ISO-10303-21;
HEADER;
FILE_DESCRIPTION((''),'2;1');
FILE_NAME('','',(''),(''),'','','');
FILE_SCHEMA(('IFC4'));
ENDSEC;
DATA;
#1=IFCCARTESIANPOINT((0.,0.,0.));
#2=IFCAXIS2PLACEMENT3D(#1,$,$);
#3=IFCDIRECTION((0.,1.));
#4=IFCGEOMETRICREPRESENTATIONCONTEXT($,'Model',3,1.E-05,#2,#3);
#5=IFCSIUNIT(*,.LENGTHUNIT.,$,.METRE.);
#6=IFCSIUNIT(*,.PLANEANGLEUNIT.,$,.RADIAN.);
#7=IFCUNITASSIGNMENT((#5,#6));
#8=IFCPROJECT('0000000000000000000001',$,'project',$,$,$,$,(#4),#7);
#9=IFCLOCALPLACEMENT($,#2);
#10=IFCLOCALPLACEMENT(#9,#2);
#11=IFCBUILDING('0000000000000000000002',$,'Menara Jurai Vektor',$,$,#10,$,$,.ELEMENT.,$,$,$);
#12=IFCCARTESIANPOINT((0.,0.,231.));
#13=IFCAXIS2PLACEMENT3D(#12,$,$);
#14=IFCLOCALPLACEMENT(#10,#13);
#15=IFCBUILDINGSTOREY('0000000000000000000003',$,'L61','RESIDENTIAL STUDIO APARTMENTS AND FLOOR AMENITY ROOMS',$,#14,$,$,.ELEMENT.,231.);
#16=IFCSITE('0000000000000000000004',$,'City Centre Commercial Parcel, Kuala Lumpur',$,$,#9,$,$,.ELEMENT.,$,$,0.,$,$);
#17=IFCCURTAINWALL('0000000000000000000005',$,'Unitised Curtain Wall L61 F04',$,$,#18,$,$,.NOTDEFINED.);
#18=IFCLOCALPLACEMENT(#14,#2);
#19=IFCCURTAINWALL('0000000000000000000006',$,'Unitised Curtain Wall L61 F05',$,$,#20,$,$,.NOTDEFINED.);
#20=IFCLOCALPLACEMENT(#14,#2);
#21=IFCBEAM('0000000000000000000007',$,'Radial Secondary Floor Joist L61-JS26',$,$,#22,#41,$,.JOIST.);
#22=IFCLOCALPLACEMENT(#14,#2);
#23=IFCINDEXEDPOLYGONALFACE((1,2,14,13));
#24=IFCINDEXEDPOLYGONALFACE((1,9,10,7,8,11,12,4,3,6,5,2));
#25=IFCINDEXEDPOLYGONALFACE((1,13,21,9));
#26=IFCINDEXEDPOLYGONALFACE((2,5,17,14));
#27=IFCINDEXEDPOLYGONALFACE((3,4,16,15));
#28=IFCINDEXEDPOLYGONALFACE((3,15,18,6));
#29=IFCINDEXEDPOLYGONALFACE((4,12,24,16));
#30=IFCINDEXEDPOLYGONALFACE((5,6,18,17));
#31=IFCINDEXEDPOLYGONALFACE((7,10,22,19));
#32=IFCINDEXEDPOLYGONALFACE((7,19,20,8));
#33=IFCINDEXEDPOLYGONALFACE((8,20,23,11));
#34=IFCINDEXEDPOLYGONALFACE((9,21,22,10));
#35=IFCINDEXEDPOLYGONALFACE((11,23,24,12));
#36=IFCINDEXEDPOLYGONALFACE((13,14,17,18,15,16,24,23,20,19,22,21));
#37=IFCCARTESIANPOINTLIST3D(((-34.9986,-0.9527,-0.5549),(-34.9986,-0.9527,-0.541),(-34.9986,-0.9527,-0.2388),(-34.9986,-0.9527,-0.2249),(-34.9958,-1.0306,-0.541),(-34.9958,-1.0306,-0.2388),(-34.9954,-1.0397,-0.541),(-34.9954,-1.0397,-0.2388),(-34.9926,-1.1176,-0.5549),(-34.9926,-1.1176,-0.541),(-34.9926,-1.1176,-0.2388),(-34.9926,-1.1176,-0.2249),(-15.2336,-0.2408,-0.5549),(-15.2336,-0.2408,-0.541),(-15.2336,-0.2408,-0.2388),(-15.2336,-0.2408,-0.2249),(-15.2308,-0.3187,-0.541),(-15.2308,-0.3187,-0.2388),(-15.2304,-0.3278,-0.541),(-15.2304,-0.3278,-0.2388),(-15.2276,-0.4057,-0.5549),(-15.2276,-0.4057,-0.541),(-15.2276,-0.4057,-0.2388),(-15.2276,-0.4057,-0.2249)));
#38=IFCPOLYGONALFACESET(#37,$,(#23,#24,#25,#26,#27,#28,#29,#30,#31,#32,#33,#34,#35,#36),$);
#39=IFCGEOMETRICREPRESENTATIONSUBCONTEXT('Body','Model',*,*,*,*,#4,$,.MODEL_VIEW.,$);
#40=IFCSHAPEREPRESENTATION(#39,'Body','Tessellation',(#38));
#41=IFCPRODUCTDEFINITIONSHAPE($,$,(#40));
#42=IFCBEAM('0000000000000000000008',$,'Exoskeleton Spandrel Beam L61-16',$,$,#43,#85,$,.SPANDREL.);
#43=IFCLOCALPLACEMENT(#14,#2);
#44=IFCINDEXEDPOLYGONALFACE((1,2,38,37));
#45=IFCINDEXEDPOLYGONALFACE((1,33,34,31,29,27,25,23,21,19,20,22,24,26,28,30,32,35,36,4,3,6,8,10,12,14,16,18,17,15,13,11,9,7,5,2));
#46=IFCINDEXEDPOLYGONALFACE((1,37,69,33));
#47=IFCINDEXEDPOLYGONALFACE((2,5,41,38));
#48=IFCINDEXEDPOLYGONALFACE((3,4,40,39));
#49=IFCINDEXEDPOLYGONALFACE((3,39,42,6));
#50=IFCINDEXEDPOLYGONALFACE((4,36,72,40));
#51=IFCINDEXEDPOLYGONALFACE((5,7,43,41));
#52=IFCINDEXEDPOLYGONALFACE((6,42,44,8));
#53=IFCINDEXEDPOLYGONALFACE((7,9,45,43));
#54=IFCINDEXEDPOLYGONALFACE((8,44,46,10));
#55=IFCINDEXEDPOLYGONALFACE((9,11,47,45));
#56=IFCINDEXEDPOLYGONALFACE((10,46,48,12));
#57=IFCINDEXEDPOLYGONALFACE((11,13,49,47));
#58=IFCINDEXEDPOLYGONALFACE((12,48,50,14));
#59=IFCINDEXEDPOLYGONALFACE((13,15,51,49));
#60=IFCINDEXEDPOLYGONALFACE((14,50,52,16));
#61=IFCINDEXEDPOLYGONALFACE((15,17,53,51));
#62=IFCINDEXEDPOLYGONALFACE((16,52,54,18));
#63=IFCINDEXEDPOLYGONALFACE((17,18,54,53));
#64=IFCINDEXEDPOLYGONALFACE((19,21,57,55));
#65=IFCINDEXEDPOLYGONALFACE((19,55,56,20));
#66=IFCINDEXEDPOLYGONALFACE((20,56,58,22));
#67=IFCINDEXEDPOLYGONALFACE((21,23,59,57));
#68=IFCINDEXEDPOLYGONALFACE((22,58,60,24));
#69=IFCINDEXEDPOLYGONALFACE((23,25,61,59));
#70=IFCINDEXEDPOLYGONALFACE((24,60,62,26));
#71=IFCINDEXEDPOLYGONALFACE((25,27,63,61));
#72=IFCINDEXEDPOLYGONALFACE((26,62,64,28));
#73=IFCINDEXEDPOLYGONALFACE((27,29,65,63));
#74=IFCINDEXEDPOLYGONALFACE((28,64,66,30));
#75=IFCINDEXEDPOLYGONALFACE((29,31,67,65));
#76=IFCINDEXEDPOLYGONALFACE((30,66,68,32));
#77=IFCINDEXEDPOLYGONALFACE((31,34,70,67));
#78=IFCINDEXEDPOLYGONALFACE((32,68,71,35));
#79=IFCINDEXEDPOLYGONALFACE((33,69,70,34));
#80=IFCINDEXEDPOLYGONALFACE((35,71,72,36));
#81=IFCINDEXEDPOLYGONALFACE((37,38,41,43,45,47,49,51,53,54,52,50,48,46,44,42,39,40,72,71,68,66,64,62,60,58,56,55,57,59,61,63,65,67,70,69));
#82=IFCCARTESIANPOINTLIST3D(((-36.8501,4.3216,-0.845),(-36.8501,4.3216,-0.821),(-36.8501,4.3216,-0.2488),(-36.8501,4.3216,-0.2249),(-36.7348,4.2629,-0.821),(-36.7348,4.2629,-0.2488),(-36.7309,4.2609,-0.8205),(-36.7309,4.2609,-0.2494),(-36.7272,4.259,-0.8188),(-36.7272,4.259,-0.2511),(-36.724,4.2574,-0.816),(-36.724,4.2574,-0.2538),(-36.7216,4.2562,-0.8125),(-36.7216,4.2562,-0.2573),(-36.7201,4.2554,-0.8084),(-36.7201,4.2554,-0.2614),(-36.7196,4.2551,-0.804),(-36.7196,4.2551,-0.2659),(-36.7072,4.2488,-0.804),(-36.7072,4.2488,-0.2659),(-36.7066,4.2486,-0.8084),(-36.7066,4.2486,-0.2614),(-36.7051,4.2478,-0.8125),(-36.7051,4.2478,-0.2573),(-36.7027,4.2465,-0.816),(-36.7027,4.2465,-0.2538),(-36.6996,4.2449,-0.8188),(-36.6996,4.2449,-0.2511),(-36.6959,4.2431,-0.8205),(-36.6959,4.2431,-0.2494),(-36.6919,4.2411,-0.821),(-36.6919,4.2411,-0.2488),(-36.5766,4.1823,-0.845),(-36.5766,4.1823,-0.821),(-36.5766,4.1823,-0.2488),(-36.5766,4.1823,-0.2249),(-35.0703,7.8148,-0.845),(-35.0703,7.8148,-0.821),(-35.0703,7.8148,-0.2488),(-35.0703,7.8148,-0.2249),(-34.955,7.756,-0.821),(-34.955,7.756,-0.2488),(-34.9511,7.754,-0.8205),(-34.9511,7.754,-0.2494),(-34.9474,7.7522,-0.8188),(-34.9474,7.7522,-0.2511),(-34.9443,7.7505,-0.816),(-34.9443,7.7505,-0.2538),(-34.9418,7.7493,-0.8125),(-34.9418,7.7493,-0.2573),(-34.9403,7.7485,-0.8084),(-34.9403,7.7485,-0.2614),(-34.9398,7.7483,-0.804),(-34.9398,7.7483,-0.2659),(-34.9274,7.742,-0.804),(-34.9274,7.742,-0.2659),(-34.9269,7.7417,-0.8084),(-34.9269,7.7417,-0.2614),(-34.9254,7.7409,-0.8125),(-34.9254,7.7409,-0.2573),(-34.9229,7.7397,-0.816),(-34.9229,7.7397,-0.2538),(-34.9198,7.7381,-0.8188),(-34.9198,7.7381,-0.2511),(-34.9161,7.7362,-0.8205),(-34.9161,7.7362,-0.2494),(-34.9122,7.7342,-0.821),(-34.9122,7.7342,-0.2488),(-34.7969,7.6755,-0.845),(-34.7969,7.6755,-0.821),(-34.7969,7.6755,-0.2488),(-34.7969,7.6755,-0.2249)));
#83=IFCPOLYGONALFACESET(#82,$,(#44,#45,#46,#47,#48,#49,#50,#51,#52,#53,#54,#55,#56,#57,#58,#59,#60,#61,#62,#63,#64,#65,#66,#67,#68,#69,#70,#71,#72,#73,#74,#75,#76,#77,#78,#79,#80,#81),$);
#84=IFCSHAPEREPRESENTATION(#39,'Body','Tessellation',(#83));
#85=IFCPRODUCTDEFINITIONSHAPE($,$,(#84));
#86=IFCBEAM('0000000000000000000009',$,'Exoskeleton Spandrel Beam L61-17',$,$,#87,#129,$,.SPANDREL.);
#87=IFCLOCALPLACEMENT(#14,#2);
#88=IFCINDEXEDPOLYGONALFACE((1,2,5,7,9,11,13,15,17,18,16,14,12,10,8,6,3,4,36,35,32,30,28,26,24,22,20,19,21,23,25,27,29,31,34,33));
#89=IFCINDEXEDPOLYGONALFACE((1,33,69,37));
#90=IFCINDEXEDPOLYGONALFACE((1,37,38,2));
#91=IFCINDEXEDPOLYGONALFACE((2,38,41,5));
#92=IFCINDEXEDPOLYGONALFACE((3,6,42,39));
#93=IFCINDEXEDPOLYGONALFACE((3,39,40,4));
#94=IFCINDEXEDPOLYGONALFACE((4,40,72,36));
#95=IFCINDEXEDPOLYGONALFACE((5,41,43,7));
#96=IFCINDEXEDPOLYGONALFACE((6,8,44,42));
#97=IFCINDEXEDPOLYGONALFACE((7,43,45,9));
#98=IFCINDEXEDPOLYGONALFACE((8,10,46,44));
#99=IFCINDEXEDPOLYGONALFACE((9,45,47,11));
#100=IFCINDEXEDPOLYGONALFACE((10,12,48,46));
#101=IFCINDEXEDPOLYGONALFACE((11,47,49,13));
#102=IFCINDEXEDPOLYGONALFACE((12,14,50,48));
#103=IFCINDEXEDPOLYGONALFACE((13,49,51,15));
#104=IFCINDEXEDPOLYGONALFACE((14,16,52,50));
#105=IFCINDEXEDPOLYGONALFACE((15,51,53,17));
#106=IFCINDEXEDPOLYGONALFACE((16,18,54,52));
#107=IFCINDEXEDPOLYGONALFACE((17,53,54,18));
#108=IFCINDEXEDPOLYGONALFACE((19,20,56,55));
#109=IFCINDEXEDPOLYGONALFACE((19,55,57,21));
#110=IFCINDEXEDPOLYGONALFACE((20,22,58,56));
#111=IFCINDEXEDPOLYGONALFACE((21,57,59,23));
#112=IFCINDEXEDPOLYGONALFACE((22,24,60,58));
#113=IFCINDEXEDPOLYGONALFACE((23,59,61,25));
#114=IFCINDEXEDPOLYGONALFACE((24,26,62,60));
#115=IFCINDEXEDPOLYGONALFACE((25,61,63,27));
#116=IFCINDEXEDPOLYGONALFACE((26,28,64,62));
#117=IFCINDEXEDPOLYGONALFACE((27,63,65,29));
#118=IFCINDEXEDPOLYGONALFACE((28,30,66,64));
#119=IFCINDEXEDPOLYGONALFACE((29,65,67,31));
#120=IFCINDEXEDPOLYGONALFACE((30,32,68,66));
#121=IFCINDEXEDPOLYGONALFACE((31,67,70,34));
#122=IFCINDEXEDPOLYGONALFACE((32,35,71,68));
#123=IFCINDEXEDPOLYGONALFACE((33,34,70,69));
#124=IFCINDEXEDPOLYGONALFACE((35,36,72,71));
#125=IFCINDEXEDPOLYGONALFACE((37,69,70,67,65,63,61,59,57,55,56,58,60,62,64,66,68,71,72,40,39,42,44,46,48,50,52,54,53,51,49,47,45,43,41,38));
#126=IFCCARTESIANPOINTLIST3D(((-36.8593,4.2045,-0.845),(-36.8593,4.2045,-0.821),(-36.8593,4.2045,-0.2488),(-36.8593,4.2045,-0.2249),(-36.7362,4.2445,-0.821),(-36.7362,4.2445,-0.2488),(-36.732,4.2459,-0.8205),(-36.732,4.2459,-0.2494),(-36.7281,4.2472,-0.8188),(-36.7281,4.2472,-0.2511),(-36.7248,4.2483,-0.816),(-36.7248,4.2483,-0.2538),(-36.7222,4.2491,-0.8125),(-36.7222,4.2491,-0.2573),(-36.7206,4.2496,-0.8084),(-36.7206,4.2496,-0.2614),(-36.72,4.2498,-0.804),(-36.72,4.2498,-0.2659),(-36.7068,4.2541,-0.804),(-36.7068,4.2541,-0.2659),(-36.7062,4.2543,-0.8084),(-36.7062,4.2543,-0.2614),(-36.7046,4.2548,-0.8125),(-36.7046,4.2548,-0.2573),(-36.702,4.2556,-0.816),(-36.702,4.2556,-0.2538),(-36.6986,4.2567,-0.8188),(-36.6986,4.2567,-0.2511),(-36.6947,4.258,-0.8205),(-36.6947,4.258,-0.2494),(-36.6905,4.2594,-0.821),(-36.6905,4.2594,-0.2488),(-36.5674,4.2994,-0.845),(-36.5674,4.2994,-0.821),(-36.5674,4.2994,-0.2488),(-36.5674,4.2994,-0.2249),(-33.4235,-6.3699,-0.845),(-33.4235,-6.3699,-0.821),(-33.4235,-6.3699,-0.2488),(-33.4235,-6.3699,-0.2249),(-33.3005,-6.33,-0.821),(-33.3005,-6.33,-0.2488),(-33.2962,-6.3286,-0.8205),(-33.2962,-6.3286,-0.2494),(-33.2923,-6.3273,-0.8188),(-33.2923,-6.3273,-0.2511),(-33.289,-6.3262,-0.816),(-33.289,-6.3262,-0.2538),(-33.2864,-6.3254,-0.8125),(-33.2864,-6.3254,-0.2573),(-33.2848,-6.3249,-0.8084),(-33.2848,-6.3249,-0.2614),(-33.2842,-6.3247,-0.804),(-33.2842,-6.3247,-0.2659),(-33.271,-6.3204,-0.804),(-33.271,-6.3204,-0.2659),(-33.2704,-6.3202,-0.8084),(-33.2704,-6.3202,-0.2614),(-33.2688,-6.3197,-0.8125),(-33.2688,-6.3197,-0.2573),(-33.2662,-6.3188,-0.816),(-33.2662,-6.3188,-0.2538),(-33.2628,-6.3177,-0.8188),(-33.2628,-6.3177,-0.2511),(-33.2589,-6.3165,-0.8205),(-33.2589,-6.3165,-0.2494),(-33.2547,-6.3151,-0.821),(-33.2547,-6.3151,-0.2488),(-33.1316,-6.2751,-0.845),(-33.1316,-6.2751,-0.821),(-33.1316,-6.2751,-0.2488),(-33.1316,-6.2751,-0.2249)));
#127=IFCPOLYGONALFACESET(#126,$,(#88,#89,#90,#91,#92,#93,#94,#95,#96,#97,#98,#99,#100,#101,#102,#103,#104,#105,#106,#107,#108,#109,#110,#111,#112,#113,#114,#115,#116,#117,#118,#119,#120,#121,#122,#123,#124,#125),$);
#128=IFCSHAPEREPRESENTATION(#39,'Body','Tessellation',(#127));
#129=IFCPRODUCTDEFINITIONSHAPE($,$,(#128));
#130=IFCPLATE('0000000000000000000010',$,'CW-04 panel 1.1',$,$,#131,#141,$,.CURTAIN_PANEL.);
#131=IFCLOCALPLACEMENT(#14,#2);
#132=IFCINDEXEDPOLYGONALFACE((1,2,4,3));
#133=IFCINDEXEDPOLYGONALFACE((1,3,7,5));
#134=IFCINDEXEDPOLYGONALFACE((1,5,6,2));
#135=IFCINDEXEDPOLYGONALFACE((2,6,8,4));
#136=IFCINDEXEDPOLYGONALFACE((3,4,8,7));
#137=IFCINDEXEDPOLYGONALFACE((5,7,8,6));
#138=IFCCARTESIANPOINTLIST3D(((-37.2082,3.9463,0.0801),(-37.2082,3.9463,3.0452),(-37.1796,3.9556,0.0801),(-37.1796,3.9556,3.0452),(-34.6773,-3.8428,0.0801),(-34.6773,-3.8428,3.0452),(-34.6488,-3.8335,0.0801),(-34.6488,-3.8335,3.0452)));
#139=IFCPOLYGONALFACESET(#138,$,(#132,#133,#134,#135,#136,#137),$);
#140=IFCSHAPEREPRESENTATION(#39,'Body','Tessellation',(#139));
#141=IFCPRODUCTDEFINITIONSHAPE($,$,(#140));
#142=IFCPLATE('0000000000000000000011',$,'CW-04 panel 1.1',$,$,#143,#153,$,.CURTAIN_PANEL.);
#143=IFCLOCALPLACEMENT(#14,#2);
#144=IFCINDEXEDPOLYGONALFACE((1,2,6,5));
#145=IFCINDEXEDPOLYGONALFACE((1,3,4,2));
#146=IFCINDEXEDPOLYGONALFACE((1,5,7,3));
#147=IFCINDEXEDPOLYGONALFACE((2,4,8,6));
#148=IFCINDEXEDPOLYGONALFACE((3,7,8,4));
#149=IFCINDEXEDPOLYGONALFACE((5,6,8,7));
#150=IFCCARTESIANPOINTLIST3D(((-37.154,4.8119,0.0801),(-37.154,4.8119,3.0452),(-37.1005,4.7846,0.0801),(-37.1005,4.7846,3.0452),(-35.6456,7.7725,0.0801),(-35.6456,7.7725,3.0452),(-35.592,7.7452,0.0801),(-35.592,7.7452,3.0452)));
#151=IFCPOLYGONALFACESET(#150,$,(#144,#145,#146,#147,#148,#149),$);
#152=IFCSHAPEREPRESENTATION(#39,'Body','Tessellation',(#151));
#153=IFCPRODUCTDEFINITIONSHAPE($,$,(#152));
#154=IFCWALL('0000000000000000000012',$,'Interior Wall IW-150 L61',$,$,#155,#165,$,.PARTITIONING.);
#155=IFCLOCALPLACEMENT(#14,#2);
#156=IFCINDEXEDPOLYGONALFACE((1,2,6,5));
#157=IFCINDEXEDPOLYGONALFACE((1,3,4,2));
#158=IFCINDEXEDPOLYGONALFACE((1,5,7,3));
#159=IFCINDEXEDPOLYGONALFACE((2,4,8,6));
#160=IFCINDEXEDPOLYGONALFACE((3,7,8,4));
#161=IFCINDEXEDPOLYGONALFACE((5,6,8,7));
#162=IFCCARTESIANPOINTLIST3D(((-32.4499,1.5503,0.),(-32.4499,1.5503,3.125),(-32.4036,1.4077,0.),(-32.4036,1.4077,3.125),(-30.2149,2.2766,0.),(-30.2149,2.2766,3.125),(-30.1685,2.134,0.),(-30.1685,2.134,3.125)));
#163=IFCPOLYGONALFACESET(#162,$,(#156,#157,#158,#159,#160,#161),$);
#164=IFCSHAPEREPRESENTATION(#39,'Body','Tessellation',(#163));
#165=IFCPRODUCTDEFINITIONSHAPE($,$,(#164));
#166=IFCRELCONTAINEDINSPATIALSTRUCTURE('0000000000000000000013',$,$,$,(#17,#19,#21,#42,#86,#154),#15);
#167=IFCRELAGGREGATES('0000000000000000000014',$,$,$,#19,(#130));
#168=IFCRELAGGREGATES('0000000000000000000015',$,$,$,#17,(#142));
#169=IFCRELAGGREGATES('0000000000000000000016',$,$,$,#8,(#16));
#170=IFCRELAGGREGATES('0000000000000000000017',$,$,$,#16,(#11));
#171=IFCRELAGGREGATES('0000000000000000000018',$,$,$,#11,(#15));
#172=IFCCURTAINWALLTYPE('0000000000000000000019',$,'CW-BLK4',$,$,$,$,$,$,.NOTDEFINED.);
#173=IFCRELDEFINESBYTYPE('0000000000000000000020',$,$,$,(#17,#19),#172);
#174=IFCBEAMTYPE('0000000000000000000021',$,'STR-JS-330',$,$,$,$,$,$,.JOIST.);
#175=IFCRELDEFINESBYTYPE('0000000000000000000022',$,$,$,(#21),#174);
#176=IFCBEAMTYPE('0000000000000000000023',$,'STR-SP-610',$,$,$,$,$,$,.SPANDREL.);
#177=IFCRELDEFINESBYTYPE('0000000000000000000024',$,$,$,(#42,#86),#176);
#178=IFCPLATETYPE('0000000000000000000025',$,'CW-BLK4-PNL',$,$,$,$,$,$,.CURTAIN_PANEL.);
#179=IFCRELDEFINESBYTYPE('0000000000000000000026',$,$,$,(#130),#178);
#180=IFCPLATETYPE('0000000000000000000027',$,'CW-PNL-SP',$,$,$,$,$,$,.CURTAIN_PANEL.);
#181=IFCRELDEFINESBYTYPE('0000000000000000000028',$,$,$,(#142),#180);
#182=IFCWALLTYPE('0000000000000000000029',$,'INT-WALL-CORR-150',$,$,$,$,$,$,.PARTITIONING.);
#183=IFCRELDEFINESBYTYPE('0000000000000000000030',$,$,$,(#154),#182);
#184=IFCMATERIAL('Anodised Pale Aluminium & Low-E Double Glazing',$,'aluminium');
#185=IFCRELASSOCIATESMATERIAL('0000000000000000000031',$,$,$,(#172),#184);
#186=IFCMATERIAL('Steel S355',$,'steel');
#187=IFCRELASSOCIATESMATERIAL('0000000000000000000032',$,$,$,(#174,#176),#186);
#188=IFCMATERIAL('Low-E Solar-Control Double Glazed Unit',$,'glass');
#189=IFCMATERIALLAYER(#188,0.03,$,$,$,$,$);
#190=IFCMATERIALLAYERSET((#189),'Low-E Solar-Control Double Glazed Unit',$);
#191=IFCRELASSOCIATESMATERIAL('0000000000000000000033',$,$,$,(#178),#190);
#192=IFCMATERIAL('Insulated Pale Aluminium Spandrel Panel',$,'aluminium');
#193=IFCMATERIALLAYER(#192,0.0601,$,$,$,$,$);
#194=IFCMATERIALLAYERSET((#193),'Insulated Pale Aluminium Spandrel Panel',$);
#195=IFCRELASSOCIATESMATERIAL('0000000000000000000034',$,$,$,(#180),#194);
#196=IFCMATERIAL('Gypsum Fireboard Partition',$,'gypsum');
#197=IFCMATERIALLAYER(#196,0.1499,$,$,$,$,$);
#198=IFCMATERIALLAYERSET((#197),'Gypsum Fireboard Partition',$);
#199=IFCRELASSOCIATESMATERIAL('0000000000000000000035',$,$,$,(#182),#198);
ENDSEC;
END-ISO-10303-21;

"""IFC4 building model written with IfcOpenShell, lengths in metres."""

from ifc_helpers import new_model, si_unit, direction, frame, frame_2d, origin, origin_2d, place, context, subcontext, project, spatial, rectangle, i_section, extrude, material, layer, layer_set, material_profile, profile_set, type_object, element, aggregate, save


model = new_model("IFC4")

# Units and contexts
model_context = context("Model", 3, precision=1e-05, world=origin(), true_north=direction((0.0, 1.0)))
body_context = subcontext(model_context, "Body", "Model", "MODEL_VIEW")
ifc_project = project(units=[si_unit("LENGTHUNIT", "METRE"), si_unit("PLANEANGLEUNIT", "RADIAN")], contexts=[model_context])

# Site, building, storey
site_placement = place(None, origin())
site = spatial("IfcSite", under=ifc_project, at=site_placement, Name="City Centre Commercial Parcel, Kuala Lumpur", CompositionType="ELEMENT", RefElevation=0.0)
building_placement = place(site_placement, origin())
building = spatial("IfcBuilding", under=site, at=building_placement, Name="Menara Jurai Vektor", CompositionType="ELEMENT")
storey_placement = place(building_placement, frame((0.0, 0.0, 231.0)))
storey = spatial("IfcBuildingStorey", under=building, at=storey_placement, Name="L61", Description="RESIDENTIAL STUDIO APARTMENTS AND FLOOR AMENITY ROOMS", CompositionType="ELEMENT", Elevation=231.0)

# Shared definitions
ifc_material_1 = material(Name="Anodised Pale Aluminium & Low-E Double Glazing", Category="aluminium")
curtain_wall_type = type_object("IfcCurtainWallType", Name="CW-BLK4", PredefinedType="NOTDEFINED", material=ifc_material_1)

# Curtain wall
curtain_wall_1_placement = place(storey_placement, origin())
curtain_wall_1 = element("IfcCurtainWall", 1, at=curtain_wall_1_placement, inside=storey, type_object=curtain_wall_type, Name="Unitised Curtain Wall L61 F04", PredefinedType="NOTDEFINED")

# Curtain wall
curtain_wall_2_placement = place(storey_placement, origin())
curtain_wall_2 = element("IfcCurtainWall", 2, at=curtain_wall_2_placement, inside=storey, type_object=curtain_wall_type, Name="Unitised Curtain Wall L61 F05", PredefinedType="NOTDEFINED")

# Shared definitions
ifc_material_2 = material(Name="Steel S355", Category="steel")

# Beams
ifc_material_profile_1 = material_profile(ifc_material_2, i_section(OverallWidth=0.165, OverallDepth=0.3301, WebThickness=0.009, FlangeThickness=0.0139, at=origin_2d()), Name="PG 330x165x46")
ifc_profile_set_1 = profile_set([ifc_material_profile_1], Name="Steel S355")
beam_type_1 = type_object("IfcBeamType", Name="STR-JS-330", PredefinedType="JOIST", material=ifc_profile_set_1)
beam_1_placement = place(storey_placement, frame((-34.9956, -1.0352, -0.3899), z_axis=(0.999352, 0.035995, 0.0), x_axis=(-0.035995, 0.999352, 0.0)))
element("IfcBeam", 3, at=beam_1_placement, inside=storey, type_object=beam_type_1, Name="Radial Secondary Floor Joist L61-JS26", PredefinedType="JOIST", context=body_context, shape_type="SweptSolid", body=[
    extrude(i_section(OverallWidth=0.165, OverallDepth=0.3301, WebThickness=0.009, FlangeThickness=0.0139, at=origin_2d()), origin(), (0.0, 0.0, 1.0), 19.7778),
])
ifc_material_profile_2 = material_profile(ifc_material_2, i_section(OverallWidth=0.3069, OverallDepth=0.6201, WebThickness=0.0139, FlangeThickness=0.0239, FilletRadius=0.0171, at=origin_2d()), Name="UKB 610x305x179")
ifc_profile_set_2 = profile_set([ifc_material_profile_2], Name="Steel S355")
beam_type_2 = type_object("IfcBeamType", Name="STR-SP-610", PredefinedType="SPANDREL", material=ifc_profile_set_2)
beam_2_placement = place(storey_placement, frame((-34.9336, 7.7451, -0.5349), z_axis=(-0.453976, -0.891014, 0.0), x_axis=(0.891014, -0.453976, 0.0)))
element("IfcBeam", 4, at=beam_2_placement, inside=storey, type_object=beam_type_2, Name="Exoskeleton Spandrel Beam L61-16", PredefinedType="SPANDREL", context=body_context, shape_type="SweptSolid", body=[
    extrude(i_section(OverallWidth=0.3069, OverallDepth=0.6201, WebThickness=0.0139, FlangeThickness=0.0239, FilletRadius=0.0171, at=origin_2d()), origin(), (0.0, 0.0, 1.0), 3.9204),
])
beam_3_placement = place(storey_placement, frame((-36.7134, 4.252, -0.5349), z_axis=(0.309012, -0.951058, 0.0), x_axis=(0.951058, 0.309012, 0.0)))
element("IfcBeam", 5, at=beam_3_placement, inside=storey, type_object=beam_type_2, Name="Exoskeleton Spandrel Beam L61-17", PredefinedType="SPANDREL", context=body_context, shape_type="SweptSolid", body=[
    extrude(i_section(OverallWidth=0.3069, OverallDepth=0.6201, WebThickness=0.0139, FlangeThickness=0.0239, FilletRadius=0.0171, at=origin_2d()), origin(), (0.0, 0.0, 1.0), 11.1187),
])

# Plates
ifc_material_3 = material(Name="Low-E Solar-Control Double Glazed Unit", Category="glass")
ifc_layer_1 = layer(ifc_material_3, 0.03)
ifc_layer_set_1 = layer_set([ifc_layer_1], Name="Low-E Solar-Control Double Glazed Unit")
plate_type_1 = type_object("IfcPlateType", Name="CW-BLK4-PNL", PredefinedType="CURTAIN_PANEL", material=ifc_layer_set_1)
plate_1_placement = place(storey_placement, frame((-35.9285, 0.0564, 0.0801), z_axis=(0.0, 0.0, 1.0), x_axis=(0.309016, -0.951057, 0.0)))
plate_1 = element("IfcPlate", 6, at=plate_1_placement, type_object=plate_type_1, Name="CW-04 panel 1.1", PredefinedType="CURTAIN_PANEL", context=body_context, shape_type="SweptSolid", body=[
    extrude(rectangle(XDim=8.1899, YDim=0.03, at=origin_2d()), origin(), (0.0, 0.0, 1.0), 2.9651),
])
aggregate(curtain_wall_2, [plate_1])
ifc_material_4 = material(Name="Insulated Pale Aluminium Spandrel Panel", Category="aluminium")
ifc_layer_2 = layer(ifc_material_4, 0.0601)
ifc_layer_set_2 = layer_set([ifc_layer_2], Name="Insulated Pale Aluminium Spandrel Panel")
plate_type_2 = type_object("IfcPlateType", Name="CW-PNL-SP", PredefinedType="CURTAIN_PANEL", material=ifc_layer_set_2)
plate_2_placement = place(storey_placement, frame((-36.373, 6.2786, 0.0801), z_axis=(0.0, 0.0, 1.0), x_axis=(-0.453989, -0.891008, 0.0)))
plate_2 = element("IfcPlate", 7, at=plate_2_placement, type_object=plate_type_2, Name="CW-04 panel 1.1", PredefinedType="CURTAIN_PANEL", context=body_context, shape_type="SweptSolid", body=[
    extrude(rectangle(XDim=3.3228, YDim=0.0601, at=origin_2d()), origin(), (0.0, 0.0, 1.0), 2.9651),
])
aggregate(curtain_wall_1, [plate_2])

# Shared definitions
ifc_material_5 = material(Name="Gypsum Fireboard Partition", Category="gypsum")
ifc_layer_3 = layer(ifc_material_5, 0.1499)
ifc_layer_set_3 = layer_set([ifc_layer_3], Name="Gypsum Fireboard Partition")
wall_type = type_object("IfcWallType", Name="INT-WALL-CORR-150", PredefinedType="PARTITIONING", material=ifc_layer_set_3)

# Wall
wall_1_placement = place(storey_placement, frame((-32.4268, 1.479, 0.0), z_axis=(0.0, 0.0, 1.0), x_axis=(0.951046, 0.309051, 0.0)))
element("IfcWall", 8, at=wall_1_placement, inside=storey, type_object=wall_type, Name="Interior Wall IW-150 L61", PredefinedType="PARTITIONING", context=body_context, shape_type="SweptSolid", body=[
    extrude(rectangle(XDim=2.3501, YDim=0.1499, at=frame_2d((1.175, 0.0))), origin(), (0.0, 0.0, 1.0), 3.125),
])

save(model, "model.ifc")
